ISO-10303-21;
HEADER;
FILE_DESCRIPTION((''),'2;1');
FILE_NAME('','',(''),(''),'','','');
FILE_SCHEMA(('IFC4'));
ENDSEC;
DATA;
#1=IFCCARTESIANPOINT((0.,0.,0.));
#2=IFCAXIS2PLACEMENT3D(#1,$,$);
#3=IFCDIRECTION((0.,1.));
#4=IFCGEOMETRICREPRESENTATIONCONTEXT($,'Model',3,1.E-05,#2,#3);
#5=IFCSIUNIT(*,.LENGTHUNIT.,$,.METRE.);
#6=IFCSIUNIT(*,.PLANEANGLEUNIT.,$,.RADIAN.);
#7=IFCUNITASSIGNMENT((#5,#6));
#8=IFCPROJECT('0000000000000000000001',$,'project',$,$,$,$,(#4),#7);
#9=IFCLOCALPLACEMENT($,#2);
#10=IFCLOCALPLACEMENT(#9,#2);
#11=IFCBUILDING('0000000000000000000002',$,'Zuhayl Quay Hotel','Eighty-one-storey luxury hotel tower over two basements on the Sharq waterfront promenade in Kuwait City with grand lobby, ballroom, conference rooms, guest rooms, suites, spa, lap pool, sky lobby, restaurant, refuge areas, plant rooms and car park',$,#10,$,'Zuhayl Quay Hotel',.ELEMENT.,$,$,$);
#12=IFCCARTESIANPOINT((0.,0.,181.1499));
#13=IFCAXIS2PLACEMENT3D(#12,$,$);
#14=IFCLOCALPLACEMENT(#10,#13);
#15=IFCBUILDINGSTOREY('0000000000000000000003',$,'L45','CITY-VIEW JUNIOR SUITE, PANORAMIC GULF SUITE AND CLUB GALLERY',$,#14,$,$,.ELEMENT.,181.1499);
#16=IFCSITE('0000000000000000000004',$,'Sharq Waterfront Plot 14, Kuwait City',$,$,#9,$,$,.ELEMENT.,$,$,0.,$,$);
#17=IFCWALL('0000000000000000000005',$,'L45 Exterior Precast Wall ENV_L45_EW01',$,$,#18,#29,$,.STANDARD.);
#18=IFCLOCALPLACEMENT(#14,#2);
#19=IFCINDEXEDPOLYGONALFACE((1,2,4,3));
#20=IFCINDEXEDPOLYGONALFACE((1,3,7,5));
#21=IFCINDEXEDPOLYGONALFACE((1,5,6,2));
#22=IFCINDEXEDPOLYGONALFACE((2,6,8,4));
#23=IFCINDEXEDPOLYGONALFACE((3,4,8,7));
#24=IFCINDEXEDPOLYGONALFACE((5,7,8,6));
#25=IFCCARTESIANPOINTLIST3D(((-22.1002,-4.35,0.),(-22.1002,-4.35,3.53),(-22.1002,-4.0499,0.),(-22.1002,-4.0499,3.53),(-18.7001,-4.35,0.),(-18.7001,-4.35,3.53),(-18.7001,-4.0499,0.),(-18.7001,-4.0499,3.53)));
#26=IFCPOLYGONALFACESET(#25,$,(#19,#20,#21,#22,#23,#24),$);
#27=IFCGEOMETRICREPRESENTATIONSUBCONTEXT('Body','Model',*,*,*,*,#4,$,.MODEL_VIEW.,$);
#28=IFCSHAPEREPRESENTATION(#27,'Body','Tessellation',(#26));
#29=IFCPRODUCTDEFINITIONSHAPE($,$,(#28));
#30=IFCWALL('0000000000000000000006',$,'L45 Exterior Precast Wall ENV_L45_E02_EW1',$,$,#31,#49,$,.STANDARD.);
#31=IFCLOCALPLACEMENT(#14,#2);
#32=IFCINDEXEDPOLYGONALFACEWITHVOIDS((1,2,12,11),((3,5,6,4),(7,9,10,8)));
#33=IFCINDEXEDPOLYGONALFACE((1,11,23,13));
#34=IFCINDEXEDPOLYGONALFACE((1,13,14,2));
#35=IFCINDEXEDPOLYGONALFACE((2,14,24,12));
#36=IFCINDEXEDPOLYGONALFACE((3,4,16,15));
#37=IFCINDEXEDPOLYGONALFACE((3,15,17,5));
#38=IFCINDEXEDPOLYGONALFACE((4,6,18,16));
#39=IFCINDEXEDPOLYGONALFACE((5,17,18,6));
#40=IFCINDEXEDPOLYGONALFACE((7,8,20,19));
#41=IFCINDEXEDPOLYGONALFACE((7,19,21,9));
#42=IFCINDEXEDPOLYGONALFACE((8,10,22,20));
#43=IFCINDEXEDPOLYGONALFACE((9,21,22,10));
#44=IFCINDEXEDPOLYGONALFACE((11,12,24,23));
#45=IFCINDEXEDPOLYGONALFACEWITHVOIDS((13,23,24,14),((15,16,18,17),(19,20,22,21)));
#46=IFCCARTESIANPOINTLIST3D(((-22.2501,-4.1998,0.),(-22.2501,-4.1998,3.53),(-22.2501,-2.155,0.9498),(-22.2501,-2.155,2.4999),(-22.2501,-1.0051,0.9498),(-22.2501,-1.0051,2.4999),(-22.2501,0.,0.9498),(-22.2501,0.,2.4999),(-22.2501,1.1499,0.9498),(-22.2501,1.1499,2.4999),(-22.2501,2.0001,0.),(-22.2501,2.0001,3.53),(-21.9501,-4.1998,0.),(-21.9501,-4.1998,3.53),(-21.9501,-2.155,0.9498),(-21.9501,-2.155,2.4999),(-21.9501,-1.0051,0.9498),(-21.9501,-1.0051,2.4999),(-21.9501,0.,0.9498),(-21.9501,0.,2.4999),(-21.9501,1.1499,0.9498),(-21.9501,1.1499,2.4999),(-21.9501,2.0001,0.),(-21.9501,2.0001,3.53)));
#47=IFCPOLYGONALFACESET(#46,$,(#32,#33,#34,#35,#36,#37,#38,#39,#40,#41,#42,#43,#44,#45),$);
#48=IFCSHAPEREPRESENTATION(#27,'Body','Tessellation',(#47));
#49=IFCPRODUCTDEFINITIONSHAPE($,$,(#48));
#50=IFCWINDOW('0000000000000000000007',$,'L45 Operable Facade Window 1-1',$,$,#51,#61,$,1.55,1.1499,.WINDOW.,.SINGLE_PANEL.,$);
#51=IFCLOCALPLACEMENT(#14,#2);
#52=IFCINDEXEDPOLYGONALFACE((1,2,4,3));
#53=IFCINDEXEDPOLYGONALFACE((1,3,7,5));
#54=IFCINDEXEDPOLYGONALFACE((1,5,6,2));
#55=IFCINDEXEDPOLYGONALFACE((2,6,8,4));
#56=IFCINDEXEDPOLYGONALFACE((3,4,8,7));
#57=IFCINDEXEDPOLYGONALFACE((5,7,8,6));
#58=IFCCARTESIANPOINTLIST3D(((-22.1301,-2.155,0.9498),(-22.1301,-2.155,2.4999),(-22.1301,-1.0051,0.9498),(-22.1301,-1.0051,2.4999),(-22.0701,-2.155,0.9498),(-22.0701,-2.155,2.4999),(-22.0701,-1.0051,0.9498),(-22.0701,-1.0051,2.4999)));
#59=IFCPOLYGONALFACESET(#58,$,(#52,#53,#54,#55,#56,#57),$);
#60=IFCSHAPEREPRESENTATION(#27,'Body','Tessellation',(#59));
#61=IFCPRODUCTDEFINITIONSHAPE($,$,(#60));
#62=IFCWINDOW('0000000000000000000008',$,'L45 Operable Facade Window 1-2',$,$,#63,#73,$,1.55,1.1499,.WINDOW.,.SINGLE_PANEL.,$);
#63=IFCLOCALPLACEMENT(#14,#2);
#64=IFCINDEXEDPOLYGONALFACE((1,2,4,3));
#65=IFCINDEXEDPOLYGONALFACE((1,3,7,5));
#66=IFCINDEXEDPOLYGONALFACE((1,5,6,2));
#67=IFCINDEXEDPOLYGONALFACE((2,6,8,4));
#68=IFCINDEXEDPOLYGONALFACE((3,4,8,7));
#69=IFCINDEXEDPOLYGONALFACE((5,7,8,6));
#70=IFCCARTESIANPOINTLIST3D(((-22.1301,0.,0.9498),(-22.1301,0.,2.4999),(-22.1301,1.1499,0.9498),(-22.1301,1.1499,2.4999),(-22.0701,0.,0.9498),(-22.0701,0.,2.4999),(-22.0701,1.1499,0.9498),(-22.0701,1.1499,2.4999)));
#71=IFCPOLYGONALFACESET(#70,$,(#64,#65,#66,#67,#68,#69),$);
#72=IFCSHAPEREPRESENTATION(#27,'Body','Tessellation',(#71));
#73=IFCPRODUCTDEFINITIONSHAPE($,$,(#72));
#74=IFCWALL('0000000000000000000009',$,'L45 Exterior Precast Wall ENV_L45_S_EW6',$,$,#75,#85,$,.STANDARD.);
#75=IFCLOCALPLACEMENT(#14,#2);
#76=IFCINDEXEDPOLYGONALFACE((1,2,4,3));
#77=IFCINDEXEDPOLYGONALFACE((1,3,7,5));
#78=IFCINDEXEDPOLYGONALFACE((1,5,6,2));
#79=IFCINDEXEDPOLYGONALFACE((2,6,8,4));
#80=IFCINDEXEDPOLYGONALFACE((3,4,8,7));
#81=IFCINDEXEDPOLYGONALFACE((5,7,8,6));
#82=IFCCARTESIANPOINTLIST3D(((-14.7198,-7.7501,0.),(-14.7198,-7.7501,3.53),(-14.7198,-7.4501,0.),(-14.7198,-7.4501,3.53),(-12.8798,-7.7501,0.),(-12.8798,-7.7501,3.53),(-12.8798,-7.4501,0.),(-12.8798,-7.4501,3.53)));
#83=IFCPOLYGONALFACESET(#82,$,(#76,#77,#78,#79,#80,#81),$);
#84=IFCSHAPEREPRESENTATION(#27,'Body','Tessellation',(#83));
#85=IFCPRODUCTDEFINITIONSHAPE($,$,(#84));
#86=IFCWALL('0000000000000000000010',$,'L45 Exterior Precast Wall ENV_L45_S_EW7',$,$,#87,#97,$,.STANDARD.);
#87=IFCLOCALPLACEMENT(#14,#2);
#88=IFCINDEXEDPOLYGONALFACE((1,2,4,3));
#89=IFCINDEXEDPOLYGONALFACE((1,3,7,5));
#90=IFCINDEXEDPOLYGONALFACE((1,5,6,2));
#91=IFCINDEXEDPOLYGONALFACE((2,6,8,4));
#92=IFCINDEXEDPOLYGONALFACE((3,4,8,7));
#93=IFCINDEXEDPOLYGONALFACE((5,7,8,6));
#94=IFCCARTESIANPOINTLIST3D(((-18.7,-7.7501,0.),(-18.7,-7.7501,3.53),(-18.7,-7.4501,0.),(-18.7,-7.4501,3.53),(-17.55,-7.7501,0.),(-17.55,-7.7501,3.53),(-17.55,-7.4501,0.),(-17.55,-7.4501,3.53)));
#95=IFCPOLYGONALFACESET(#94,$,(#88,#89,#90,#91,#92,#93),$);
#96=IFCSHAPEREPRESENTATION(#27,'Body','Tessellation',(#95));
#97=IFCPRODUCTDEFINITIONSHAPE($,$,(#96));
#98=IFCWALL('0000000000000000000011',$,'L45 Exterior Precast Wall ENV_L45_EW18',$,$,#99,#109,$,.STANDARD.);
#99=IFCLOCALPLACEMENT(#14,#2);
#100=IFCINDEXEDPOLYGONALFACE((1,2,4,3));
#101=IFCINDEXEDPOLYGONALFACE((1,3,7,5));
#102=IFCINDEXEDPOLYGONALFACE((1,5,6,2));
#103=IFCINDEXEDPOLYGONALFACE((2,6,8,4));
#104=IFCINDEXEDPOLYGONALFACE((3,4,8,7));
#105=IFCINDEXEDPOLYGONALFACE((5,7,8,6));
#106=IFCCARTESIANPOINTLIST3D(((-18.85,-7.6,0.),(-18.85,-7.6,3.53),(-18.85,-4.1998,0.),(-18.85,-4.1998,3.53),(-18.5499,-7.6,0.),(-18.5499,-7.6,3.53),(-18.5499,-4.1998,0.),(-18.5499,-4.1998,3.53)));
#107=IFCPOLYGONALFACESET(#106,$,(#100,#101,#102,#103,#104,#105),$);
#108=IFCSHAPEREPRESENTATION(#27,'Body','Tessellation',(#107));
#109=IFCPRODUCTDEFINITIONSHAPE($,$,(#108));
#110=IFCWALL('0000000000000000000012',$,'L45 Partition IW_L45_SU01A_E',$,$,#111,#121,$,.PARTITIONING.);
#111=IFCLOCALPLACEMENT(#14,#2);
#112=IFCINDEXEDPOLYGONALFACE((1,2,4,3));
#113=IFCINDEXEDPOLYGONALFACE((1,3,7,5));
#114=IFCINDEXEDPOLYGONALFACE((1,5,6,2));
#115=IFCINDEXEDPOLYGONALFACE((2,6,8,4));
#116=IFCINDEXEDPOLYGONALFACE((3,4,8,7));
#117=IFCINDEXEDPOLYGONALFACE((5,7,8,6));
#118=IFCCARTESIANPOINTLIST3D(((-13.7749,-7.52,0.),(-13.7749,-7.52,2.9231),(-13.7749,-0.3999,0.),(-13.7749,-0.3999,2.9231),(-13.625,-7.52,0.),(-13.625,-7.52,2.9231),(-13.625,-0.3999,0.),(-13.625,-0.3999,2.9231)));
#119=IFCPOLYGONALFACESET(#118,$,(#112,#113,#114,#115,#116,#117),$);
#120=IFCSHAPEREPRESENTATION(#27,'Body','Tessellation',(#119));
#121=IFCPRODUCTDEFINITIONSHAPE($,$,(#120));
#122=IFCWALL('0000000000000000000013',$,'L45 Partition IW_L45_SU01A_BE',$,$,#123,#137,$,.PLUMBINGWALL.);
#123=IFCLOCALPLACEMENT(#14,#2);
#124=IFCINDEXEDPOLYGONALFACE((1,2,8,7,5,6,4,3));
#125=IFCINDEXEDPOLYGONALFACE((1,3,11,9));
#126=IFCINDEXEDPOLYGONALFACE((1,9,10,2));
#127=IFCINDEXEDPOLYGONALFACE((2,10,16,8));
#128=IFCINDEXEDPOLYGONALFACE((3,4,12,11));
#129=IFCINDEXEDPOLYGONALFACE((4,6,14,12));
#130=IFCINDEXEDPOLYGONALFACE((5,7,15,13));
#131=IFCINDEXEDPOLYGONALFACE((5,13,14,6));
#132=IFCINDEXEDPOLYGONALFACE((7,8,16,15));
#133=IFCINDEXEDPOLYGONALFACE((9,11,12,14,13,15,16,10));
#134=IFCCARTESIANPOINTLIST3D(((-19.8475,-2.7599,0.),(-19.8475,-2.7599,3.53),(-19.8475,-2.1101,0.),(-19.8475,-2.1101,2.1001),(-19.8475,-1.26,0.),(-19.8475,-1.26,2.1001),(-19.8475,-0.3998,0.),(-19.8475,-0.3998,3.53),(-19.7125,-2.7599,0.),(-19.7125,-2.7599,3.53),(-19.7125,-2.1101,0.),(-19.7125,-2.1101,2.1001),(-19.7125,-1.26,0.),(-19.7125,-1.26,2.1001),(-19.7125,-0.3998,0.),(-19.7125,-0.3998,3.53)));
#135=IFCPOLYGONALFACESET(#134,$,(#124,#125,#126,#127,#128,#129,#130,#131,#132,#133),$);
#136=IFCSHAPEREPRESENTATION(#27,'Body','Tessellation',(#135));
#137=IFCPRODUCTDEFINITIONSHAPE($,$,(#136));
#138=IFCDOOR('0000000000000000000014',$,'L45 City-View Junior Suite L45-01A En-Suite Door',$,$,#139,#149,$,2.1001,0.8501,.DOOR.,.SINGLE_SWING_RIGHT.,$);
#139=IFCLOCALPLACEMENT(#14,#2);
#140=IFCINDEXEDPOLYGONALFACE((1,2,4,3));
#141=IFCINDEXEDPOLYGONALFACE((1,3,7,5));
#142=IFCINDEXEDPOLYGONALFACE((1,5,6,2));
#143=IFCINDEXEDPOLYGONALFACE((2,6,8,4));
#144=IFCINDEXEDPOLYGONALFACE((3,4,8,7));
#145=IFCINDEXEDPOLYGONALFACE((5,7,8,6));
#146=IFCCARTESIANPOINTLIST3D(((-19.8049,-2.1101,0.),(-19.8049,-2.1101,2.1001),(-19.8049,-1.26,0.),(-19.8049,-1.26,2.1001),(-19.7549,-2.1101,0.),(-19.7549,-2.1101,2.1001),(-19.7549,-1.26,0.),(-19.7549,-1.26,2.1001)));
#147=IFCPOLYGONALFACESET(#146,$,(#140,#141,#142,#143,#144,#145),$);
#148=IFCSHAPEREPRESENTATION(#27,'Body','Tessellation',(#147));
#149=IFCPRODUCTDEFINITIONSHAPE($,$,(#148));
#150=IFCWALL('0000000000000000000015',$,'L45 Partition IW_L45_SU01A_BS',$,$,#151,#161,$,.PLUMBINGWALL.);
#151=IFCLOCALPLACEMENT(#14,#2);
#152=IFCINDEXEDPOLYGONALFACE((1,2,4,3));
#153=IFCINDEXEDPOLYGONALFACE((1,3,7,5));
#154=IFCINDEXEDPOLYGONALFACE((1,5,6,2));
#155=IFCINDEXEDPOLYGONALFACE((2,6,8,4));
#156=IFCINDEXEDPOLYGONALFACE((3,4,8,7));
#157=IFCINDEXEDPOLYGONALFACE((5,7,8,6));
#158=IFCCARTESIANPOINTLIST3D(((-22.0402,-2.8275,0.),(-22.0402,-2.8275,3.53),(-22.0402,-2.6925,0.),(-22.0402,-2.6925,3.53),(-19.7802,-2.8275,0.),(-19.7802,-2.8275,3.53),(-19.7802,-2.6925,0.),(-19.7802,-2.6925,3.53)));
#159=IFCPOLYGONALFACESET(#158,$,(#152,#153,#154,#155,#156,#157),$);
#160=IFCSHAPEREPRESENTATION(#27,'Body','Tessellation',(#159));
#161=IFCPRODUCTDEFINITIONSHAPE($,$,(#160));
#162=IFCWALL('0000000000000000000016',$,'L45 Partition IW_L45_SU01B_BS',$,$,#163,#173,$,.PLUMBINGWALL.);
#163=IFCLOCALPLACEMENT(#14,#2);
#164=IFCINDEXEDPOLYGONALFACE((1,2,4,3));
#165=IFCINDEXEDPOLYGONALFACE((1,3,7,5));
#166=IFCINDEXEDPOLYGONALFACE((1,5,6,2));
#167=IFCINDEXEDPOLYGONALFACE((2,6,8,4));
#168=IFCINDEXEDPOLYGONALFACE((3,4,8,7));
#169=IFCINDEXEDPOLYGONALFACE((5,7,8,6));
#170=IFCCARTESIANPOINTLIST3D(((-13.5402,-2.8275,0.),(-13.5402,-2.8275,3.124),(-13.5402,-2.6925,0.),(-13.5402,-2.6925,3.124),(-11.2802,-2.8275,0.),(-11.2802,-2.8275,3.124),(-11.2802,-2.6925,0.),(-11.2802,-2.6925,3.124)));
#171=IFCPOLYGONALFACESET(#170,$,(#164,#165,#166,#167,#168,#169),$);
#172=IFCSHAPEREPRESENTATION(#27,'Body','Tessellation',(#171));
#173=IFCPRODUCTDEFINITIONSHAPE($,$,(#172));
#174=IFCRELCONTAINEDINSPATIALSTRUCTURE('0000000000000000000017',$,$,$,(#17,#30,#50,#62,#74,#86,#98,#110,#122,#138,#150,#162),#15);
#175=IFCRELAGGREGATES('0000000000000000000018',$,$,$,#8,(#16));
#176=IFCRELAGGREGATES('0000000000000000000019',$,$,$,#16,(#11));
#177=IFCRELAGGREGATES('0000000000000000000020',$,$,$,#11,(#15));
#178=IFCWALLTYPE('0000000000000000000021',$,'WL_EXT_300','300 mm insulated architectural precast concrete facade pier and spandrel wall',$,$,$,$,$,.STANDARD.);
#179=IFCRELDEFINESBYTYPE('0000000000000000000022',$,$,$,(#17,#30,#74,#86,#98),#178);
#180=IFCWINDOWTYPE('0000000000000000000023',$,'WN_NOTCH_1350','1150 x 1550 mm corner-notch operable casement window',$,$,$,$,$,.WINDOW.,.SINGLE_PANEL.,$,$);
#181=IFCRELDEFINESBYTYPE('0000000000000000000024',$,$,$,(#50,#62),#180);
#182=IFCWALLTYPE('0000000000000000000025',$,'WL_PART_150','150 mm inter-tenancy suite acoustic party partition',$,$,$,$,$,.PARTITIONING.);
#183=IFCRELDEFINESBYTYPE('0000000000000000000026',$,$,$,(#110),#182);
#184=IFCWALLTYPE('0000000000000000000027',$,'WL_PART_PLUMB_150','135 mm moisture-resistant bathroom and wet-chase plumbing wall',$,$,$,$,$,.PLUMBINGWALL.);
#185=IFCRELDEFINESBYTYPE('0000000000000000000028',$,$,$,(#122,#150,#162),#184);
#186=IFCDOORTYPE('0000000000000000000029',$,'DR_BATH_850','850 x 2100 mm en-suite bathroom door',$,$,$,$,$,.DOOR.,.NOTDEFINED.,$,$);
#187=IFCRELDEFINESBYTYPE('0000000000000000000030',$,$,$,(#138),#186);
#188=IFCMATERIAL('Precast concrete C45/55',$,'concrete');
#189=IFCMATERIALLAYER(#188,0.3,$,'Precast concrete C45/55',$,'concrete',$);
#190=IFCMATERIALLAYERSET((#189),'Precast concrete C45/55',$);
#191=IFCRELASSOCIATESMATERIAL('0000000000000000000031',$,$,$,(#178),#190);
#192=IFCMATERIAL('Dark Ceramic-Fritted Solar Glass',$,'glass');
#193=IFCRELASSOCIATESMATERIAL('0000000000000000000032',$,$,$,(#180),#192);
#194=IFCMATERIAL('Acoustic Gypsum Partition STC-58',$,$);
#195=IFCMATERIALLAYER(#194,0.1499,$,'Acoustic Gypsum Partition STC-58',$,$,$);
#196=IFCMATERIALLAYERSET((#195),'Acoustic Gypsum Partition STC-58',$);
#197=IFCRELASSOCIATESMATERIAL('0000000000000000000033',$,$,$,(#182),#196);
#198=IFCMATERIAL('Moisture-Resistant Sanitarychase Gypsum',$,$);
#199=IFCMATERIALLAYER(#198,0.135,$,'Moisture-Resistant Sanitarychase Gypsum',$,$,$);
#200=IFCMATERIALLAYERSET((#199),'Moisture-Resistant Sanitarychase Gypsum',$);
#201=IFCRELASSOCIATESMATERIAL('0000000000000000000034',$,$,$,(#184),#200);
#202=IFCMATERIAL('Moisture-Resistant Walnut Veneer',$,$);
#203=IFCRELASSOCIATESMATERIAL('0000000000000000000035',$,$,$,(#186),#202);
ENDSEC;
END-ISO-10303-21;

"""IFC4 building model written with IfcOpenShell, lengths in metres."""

from ifc_helpers import new_model, si_unit, direction, frame, frame_2d, origin, place, context, subcontext, project, spatial, rectangle, extrude, material, layer, layer_set, type_object, element, fill, save


model = new_model("IFC4")

# Units and contexts
model_context = context("Model", 3, precision=1e-05, world=origin(), true_north=direction((0.0, 1.0)))
body_context = subcontext(model_context, "Body", "Model", "MODEL_VIEW")
ifc_project = project(units=[si_unit("LENGTHUNIT", "METRE"), si_unit("PLANEANGLEUNIT", "RADIAN")], contexts=[model_context])

# Site, building, storey
site_placement = place(None, origin())
site = spatial("IfcSite", under=ifc_project, at=site_placement, Name="Sharq Waterfront Plot 14, Kuwait City", CompositionType="ELEMENT", RefElevation=0.0)
building_placement = place(site_placement, origin())
building = spatial("IfcBuilding", under=site, at=building_placement, Name="Zuhayl Quay Hotel", Description="Eighty-one-storey luxury hotel tower over two basements on the Sharq waterfront promenade in Kuwait City with grand lobby, ballroom, conference rooms, guest rooms, suites, spa, lap pool, sky lobby, restaurant, refuge areas, plant rooms and car park", LongName="Zuhayl Quay Hotel", CompositionType="ELEMENT")
storey_placement = place(building_placement, frame((0.0, 0.0, 181.1499)))
storey = spatial("IfcBuildingStorey", under=building, at=storey_placement, Name="L45", Description="CITY-VIEW JUNIOR SUITE, PANORAMIC GULF SUITE AND CLUB GALLERY", CompositionType="ELEMENT", Elevation=181.1499)

# Shared definitions
ifc_material_1 = material(Name="Dark Ceramic-Fritted Solar Glass", Category="glass")

# Wall
ifc_material_2 = material(Name="Precast concrete C45/55", Category="concrete")
ifc_layer_1 = layer(ifc_material_2, 0.3, Name="Precast concrete C45/55", Category="concrete")
ifc_layer_set_1 = layer_set([ifc_layer_1], Name="Precast concrete C45/55")
wall_type_1 = type_object("IfcWallType", Name="WL_EXT_300", Description="300 mm insulated architectural precast concrete facade pier and spandrel wall", PredefinedType="STANDARD", material=ifc_layer_set_1)
wall_1_placement = place(storey_placement, frame((-18.7, -4.2, 0.0), z_axis=(0.0, 0.0, 1.0), x_axis=(-1.0, 0.0, 0.0)))
element("IfcWall", 1, at=wall_1_placement, inside=storey, type_object=wall_type_1, Name="L45 Exterior Precast Wall ENV_L45_EW01", PredefinedType="STANDARD", context=body_context, shape_type="SweptSolid", body=[
    extrude(rectangle(XDim=3.4001, YDim=0.3, at=frame_2d((1.7002, 0.0))), origin(), (0.0, 0.0, 1.0), 3.53),
])

# Wall, openings, windows
wall_2_placement = place(storey_placement, frame((-22.1001, -4.2, 0.0), z_axis=(0.0, 0.0, 1.0), x_axis=(0.0, 1.0, 0.0)))
wall_2 = element("IfcWall", 2, at=wall_2_placement, inside=storey, type_object=wall_type_1, Name="L45 Exterior Precast Wall ENV_L45_E02_EW1", PredefinedType="STANDARD", context=body_context, shape_type="SweptSolid", body=[
    extrude(rectangle(XDim=6.2, YDim=0.3, at=frame_2d((3.1001, 0.0))), origin(), (0.0, 0.0, 1.0), 3.53),
])
opening_1_placement = place(wall_2_placement, frame((2.0449, 0.0, 0.95)))
opening_1 = element("IfcOpeningElement", 3, at=opening_1_placement, cuts=wall_2, PredefinedType="OPENING", context=body_context, shape_type="SweptSolid", body=[
    extrude(rectangle(XDim=1.1499, YDim=1.55, at=frame_2d((0.575, 0.7749))), frame((0.0, 0.1599, 0.0), z_axis=(0.0, -1.0, 0.0), x_axis=(1.0, 0.0, 0.0)), (0.0, 0.0, 1.0), 0.3201),
])
opening_2_placement = place(wall_2_placement, frame((4.2, 0.0, 0.95)))
opening_2 = element("IfcOpeningElement", 4, at=opening_2_placement, cuts=wall_2, PredefinedType="OPENING", context=body_context, shape_type="SweptSolid", body=[
    extrude(rectangle(XDim=1.1499, YDim=1.55, at=frame_2d((0.575, 0.7749))), frame((0.0, 0.1599, 0.0), z_axis=(0.0, -1.0, 0.0), x_axis=(1.0, 0.0, 0.0)), (0.0, 0.0, 1.0), 0.3201),
])
window_type = type_object("IfcWindowType", Name="WN_NOTCH_1350", Description="1150 x 1550 mm corner-notch operable casement window", PartitioningType="SINGLE_PANEL", PredefinedType="WINDOW", material=ifc_material_1)
window_1_placement = place(opening_1_placement, origin())
window_1 = element("IfcWindow", 5, at=window_1_placement, inside=storey, type_object=window_type, Name="L45 Operable Facade Window 1-1", OverallHeight=1.55, OverallWidth=1.1499, PartitioningType="SINGLE_PANEL", PredefinedType="WINDOW", context=body_context, shape_type="SweptSolid", body=[
    extrude(rectangle(XDim=1.1499, YDim=1.55, at=frame_2d((0.575, 0.7749))), frame((0.0, 0.03, 0.0), z_axis=(0.0, -1.0, 0.0), x_axis=(1.0, 0.0, 0.0)), (0.0, 0.0, 1.0), 0.0601),
])
fill(opening_1, window_1)
window_2_placement = place(opening_2_placement, origin())
window_2 = element("IfcWindow", 6, at=window_2_placement, inside=storey, type_object=window_type, Name="L45 Operable Facade Window 1-2", OverallHeight=1.55, OverallWidth=1.1499, PartitioningType="SINGLE_PANEL", PredefinedType="WINDOW", context=body_context, shape_type="SweptSolid", body=[
    extrude(rectangle(XDim=1.1499, YDim=1.55, at=frame_2d((0.575, 0.7749))), frame((0.0, 0.03, 0.0), z_axis=(0.0, -1.0, 0.0), x_axis=(1.0, 0.0, 0.0)), (0.0, 0.0, 1.0), 0.0601),
])
fill(opening_2, window_2)

# Walls
wall_3_placement = place(storey_placement, frame((-12.8799, -7.6001, 0.0), z_axis=(0.0, 0.0, 1.0), x_axis=(-1.0, 0.0, 0.0)))
element("IfcWall", 7, at=wall_3_placement, inside=storey, type_object=wall_type_1, Name="L45 Exterior Precast Wall ENV_L45_S_EW6", PredefinedType="STANDARD", context=body_context, shape_type="SweptSolid", body=[
    extrude(rectangle(XDim=1.8401, YDim=0.3, at=frame_2d((0.9199, 0.0))), origin(), (0.0, 0.0, 1.0), 3.53),
])
wall_4_placement = place(storey_placement, frame((-17.55, -7.6001, 0.0), z_axis=(0.0, 0.0, 1.0), x_axis=(-1.0, 0.0, 0.0)))
element("IfcWall", 8, at=wall_4_placement, inside=storey, type_object=wall_type_1, Name="L45 Exterior Precast Wall ENV_L45_S_EW7", PredefinedType="STANDARD", context=body_context, shape_type="SweptSolid", body=[
    extrude(rectangle(XDim=1.1499, YDim=0.3, at=frame_2d((0.575, 0.0))), origin(), (0.0, 0.0, 1.0), 3.53),
])
wall_5_placement = place(storey_placement, frame((-18.7, -7.6001, 0.0), z_axis=(0.0, 0.0, 1.0), x_axis=(0.0, 1.0, 0.0)))
element("IfcWall", 9, at=wall_5_placement, inside=storey, type_object=wall_type_1, Name="L45 Exterior Precast Wall ENV_L45_EW18", PredefinedType="STANDARD", context=body_context, shape_type="SweptSolid", body=[
    extrude(rectangle(XDim=3.4001, YDim=0.3, at=frame_2d((1.7002, 0.0))), origin(), (0.0, 0.0, 1.0), 3.53),
])
ifc_material_3 = material(Name="Acoustic Gypsum Partition STC-58")
ifc_layer_2 = layer(ifc_material_3, 0.1499, Name="Acoustic Gypsum Partition STC-58")
ifc_layer_set_2 = layer_set([ifc_layer_2], Name="Acoustic Gypsum Partition STC-58")
wall_type_2 = type_object("IfcWallType", Name="WL_PART_150", Description="150 mm inter-tenancy suite acoustic party partition", PredefinedType="PARTITIONING", material=ifc_layer_set_2)
wall_6_placement = place(storey_placement, frame((-13.7, -7.52, 0.0), z_axis=(0.0, 0.0, 1.0), x_axis=(0.0, 1.0, 0.0)))
element("IfcWall", 10, at=wall_6_placement, inside=storey, type_object=wall_type_2, Name="L45 Partition IW_L45_SU01A_E", PredefinedType="PARTITIONING", context=body_context, shape_type="SweptSolid", body=[
    extrude(rectangle(XDim=7.1201, YDim=0.1499, at=frame_2d((3.5601, 0.0))), origin(), (0.0, 0.0, 1.0), 2.9231),
])

# Wall, opening, door
ifc_material_4 = material(Name="Moisture-Resistant Sanitarychase Gypsum")
ifc_layer_3 = layer(ifc_material_4, 0.135, Name="Moisture-Resistant Sanitarychase Gypsum")
ifc_layer_set_3 = layer_set([ifc_layer_3], Name="Moisture-Resistant Sanitarychase Gypsum")
wall_type_3 = type_object("IfcWallType", Name="WL_PART_PLUMB_150", Description="135 mm moisture-resistant bathroom and wet-chase plumbing wall", PredefinedType="PLUMBINGWALL", material=ifc_layer_set_3)
wall_7_placement = place(storey_placement, frame((-19.78, -2.76, 0.0), z_axis=(0.0, 0.0, 1.0), x_axis=(0.0, 1.0, 0.0)))
wall_7 = element("IfcWall", 11, at=wall_7_placement, inside=storey, type_object=wall_type_3, Name="L45 Partition IW_L45_SU01A_BE", PredefinedType="PLUMBINGWALL", context=body_context, shape_type="SweptSolid", body=[
    extrude(rectangle(XDim=2.3601, YDim=0.135, at=frame_2d((1.1802, 0.0))), origin(), (0.0, 0.0, 1.0), 3.53),
])
opening_3_placement = place(wall_7_placement, frame((0.6499, 0.0, 0.0)))
opening_3 = element("IfcOpeningElement", 12, at=opening_3_placement, cuts=wall_7, PredefinedType="OPENING", context=body_context, shape_type="SweptSolid", body=[
    extrude(rectangle(XDim=0.8501, YDim=2.1001, at=frame_2d((0.425, 1.05))), frame((0.0, 0.0774, 0.0), z_axis=(0.0, -1.0, 0.0), x_axis=(1.0, 0.0, 0.0)), (0.0, 0.0, 1.0), 0.155),
])
ifc_material_5 = material(Name="Moisture-Resistant Walnut Veneer")
door_type = type_object("IfcDoorType", Name="DR_BATH_850", Description="850 x 2100 mm en-suite bathroom door", OperationType="NOTDEFINED", PredefinedType="DOOR", material=ifc_material_5)
door_placement = place(opening_3_placement, origin())
door = element("IfcDoor", 13, at=door_placement, inside=storey, type_object=door_type, Name="L45 City-View Junior Suite L45-01A En-Suite Door", OperationType="SINGLE_SWING_RIGHT", OverallHeight=2.1001, OverallWidth=0.8501, PredefinedType="DOOR", context=body_context, shape_type="SweptSolid", body=[
    extrude(rectangle(XDim=0.8501, YDim=2.1001, at=frame_2d((0.425, 1.05))), frame((0.0, 0.0249, 0.0), z_axis=(0.0, -1.0, 0.0), x_axis=(1.0, 0.0, 0.0)), (0.0, 0.0, 1.0), 0.05),
])
fill(opening_3, door)

# Walls
wall_8_placement = place(storey_placement, frame((-22.04, -2.76, 0.0), z_axis=(0.0, 0.0, 1.0), x_axis=(1.0, 0.0, 0.0)))
element("IfcWall", 14, at=wall_8_placement, inside=storey, type_object=wall_type_3, Name="L45 Partition IW_L45_SU01A_BS", PredefinedType="PLUMBINGWALL", context=body_context, shape_type="SweptSolid", body=[
    extrude(rectangle(XDim=2.26, YDim=0.135, at=frame_2d((1.1299, 0.0))), origin(), (0.0, 0.0, 1.0), 3.53),
])
wall_9_placement = place(storey_placement, frame((-13.54, -2.76, 0.0), z_axis=(0.0, 0.0, 1.0), x_axis=(1.0, 0.0, 0.0)))
element("IfcWall", 15, at=wall_9_placement, inside=storey, type_object=wall_type_3, Name="L45 Partition IW_L45_SU01B_BS", PredefinedType="PLUMBINGWALL", context=body_context, shape_type="SweptSolid", body=[
    extrude(rectangle(XDim=2.26, YDim=0.135, at=frame_2d((1.1299, 0.0))), origin(), (0.0, 0.0, 1.0), 3.124),
])

save(model, "model.ifc")
